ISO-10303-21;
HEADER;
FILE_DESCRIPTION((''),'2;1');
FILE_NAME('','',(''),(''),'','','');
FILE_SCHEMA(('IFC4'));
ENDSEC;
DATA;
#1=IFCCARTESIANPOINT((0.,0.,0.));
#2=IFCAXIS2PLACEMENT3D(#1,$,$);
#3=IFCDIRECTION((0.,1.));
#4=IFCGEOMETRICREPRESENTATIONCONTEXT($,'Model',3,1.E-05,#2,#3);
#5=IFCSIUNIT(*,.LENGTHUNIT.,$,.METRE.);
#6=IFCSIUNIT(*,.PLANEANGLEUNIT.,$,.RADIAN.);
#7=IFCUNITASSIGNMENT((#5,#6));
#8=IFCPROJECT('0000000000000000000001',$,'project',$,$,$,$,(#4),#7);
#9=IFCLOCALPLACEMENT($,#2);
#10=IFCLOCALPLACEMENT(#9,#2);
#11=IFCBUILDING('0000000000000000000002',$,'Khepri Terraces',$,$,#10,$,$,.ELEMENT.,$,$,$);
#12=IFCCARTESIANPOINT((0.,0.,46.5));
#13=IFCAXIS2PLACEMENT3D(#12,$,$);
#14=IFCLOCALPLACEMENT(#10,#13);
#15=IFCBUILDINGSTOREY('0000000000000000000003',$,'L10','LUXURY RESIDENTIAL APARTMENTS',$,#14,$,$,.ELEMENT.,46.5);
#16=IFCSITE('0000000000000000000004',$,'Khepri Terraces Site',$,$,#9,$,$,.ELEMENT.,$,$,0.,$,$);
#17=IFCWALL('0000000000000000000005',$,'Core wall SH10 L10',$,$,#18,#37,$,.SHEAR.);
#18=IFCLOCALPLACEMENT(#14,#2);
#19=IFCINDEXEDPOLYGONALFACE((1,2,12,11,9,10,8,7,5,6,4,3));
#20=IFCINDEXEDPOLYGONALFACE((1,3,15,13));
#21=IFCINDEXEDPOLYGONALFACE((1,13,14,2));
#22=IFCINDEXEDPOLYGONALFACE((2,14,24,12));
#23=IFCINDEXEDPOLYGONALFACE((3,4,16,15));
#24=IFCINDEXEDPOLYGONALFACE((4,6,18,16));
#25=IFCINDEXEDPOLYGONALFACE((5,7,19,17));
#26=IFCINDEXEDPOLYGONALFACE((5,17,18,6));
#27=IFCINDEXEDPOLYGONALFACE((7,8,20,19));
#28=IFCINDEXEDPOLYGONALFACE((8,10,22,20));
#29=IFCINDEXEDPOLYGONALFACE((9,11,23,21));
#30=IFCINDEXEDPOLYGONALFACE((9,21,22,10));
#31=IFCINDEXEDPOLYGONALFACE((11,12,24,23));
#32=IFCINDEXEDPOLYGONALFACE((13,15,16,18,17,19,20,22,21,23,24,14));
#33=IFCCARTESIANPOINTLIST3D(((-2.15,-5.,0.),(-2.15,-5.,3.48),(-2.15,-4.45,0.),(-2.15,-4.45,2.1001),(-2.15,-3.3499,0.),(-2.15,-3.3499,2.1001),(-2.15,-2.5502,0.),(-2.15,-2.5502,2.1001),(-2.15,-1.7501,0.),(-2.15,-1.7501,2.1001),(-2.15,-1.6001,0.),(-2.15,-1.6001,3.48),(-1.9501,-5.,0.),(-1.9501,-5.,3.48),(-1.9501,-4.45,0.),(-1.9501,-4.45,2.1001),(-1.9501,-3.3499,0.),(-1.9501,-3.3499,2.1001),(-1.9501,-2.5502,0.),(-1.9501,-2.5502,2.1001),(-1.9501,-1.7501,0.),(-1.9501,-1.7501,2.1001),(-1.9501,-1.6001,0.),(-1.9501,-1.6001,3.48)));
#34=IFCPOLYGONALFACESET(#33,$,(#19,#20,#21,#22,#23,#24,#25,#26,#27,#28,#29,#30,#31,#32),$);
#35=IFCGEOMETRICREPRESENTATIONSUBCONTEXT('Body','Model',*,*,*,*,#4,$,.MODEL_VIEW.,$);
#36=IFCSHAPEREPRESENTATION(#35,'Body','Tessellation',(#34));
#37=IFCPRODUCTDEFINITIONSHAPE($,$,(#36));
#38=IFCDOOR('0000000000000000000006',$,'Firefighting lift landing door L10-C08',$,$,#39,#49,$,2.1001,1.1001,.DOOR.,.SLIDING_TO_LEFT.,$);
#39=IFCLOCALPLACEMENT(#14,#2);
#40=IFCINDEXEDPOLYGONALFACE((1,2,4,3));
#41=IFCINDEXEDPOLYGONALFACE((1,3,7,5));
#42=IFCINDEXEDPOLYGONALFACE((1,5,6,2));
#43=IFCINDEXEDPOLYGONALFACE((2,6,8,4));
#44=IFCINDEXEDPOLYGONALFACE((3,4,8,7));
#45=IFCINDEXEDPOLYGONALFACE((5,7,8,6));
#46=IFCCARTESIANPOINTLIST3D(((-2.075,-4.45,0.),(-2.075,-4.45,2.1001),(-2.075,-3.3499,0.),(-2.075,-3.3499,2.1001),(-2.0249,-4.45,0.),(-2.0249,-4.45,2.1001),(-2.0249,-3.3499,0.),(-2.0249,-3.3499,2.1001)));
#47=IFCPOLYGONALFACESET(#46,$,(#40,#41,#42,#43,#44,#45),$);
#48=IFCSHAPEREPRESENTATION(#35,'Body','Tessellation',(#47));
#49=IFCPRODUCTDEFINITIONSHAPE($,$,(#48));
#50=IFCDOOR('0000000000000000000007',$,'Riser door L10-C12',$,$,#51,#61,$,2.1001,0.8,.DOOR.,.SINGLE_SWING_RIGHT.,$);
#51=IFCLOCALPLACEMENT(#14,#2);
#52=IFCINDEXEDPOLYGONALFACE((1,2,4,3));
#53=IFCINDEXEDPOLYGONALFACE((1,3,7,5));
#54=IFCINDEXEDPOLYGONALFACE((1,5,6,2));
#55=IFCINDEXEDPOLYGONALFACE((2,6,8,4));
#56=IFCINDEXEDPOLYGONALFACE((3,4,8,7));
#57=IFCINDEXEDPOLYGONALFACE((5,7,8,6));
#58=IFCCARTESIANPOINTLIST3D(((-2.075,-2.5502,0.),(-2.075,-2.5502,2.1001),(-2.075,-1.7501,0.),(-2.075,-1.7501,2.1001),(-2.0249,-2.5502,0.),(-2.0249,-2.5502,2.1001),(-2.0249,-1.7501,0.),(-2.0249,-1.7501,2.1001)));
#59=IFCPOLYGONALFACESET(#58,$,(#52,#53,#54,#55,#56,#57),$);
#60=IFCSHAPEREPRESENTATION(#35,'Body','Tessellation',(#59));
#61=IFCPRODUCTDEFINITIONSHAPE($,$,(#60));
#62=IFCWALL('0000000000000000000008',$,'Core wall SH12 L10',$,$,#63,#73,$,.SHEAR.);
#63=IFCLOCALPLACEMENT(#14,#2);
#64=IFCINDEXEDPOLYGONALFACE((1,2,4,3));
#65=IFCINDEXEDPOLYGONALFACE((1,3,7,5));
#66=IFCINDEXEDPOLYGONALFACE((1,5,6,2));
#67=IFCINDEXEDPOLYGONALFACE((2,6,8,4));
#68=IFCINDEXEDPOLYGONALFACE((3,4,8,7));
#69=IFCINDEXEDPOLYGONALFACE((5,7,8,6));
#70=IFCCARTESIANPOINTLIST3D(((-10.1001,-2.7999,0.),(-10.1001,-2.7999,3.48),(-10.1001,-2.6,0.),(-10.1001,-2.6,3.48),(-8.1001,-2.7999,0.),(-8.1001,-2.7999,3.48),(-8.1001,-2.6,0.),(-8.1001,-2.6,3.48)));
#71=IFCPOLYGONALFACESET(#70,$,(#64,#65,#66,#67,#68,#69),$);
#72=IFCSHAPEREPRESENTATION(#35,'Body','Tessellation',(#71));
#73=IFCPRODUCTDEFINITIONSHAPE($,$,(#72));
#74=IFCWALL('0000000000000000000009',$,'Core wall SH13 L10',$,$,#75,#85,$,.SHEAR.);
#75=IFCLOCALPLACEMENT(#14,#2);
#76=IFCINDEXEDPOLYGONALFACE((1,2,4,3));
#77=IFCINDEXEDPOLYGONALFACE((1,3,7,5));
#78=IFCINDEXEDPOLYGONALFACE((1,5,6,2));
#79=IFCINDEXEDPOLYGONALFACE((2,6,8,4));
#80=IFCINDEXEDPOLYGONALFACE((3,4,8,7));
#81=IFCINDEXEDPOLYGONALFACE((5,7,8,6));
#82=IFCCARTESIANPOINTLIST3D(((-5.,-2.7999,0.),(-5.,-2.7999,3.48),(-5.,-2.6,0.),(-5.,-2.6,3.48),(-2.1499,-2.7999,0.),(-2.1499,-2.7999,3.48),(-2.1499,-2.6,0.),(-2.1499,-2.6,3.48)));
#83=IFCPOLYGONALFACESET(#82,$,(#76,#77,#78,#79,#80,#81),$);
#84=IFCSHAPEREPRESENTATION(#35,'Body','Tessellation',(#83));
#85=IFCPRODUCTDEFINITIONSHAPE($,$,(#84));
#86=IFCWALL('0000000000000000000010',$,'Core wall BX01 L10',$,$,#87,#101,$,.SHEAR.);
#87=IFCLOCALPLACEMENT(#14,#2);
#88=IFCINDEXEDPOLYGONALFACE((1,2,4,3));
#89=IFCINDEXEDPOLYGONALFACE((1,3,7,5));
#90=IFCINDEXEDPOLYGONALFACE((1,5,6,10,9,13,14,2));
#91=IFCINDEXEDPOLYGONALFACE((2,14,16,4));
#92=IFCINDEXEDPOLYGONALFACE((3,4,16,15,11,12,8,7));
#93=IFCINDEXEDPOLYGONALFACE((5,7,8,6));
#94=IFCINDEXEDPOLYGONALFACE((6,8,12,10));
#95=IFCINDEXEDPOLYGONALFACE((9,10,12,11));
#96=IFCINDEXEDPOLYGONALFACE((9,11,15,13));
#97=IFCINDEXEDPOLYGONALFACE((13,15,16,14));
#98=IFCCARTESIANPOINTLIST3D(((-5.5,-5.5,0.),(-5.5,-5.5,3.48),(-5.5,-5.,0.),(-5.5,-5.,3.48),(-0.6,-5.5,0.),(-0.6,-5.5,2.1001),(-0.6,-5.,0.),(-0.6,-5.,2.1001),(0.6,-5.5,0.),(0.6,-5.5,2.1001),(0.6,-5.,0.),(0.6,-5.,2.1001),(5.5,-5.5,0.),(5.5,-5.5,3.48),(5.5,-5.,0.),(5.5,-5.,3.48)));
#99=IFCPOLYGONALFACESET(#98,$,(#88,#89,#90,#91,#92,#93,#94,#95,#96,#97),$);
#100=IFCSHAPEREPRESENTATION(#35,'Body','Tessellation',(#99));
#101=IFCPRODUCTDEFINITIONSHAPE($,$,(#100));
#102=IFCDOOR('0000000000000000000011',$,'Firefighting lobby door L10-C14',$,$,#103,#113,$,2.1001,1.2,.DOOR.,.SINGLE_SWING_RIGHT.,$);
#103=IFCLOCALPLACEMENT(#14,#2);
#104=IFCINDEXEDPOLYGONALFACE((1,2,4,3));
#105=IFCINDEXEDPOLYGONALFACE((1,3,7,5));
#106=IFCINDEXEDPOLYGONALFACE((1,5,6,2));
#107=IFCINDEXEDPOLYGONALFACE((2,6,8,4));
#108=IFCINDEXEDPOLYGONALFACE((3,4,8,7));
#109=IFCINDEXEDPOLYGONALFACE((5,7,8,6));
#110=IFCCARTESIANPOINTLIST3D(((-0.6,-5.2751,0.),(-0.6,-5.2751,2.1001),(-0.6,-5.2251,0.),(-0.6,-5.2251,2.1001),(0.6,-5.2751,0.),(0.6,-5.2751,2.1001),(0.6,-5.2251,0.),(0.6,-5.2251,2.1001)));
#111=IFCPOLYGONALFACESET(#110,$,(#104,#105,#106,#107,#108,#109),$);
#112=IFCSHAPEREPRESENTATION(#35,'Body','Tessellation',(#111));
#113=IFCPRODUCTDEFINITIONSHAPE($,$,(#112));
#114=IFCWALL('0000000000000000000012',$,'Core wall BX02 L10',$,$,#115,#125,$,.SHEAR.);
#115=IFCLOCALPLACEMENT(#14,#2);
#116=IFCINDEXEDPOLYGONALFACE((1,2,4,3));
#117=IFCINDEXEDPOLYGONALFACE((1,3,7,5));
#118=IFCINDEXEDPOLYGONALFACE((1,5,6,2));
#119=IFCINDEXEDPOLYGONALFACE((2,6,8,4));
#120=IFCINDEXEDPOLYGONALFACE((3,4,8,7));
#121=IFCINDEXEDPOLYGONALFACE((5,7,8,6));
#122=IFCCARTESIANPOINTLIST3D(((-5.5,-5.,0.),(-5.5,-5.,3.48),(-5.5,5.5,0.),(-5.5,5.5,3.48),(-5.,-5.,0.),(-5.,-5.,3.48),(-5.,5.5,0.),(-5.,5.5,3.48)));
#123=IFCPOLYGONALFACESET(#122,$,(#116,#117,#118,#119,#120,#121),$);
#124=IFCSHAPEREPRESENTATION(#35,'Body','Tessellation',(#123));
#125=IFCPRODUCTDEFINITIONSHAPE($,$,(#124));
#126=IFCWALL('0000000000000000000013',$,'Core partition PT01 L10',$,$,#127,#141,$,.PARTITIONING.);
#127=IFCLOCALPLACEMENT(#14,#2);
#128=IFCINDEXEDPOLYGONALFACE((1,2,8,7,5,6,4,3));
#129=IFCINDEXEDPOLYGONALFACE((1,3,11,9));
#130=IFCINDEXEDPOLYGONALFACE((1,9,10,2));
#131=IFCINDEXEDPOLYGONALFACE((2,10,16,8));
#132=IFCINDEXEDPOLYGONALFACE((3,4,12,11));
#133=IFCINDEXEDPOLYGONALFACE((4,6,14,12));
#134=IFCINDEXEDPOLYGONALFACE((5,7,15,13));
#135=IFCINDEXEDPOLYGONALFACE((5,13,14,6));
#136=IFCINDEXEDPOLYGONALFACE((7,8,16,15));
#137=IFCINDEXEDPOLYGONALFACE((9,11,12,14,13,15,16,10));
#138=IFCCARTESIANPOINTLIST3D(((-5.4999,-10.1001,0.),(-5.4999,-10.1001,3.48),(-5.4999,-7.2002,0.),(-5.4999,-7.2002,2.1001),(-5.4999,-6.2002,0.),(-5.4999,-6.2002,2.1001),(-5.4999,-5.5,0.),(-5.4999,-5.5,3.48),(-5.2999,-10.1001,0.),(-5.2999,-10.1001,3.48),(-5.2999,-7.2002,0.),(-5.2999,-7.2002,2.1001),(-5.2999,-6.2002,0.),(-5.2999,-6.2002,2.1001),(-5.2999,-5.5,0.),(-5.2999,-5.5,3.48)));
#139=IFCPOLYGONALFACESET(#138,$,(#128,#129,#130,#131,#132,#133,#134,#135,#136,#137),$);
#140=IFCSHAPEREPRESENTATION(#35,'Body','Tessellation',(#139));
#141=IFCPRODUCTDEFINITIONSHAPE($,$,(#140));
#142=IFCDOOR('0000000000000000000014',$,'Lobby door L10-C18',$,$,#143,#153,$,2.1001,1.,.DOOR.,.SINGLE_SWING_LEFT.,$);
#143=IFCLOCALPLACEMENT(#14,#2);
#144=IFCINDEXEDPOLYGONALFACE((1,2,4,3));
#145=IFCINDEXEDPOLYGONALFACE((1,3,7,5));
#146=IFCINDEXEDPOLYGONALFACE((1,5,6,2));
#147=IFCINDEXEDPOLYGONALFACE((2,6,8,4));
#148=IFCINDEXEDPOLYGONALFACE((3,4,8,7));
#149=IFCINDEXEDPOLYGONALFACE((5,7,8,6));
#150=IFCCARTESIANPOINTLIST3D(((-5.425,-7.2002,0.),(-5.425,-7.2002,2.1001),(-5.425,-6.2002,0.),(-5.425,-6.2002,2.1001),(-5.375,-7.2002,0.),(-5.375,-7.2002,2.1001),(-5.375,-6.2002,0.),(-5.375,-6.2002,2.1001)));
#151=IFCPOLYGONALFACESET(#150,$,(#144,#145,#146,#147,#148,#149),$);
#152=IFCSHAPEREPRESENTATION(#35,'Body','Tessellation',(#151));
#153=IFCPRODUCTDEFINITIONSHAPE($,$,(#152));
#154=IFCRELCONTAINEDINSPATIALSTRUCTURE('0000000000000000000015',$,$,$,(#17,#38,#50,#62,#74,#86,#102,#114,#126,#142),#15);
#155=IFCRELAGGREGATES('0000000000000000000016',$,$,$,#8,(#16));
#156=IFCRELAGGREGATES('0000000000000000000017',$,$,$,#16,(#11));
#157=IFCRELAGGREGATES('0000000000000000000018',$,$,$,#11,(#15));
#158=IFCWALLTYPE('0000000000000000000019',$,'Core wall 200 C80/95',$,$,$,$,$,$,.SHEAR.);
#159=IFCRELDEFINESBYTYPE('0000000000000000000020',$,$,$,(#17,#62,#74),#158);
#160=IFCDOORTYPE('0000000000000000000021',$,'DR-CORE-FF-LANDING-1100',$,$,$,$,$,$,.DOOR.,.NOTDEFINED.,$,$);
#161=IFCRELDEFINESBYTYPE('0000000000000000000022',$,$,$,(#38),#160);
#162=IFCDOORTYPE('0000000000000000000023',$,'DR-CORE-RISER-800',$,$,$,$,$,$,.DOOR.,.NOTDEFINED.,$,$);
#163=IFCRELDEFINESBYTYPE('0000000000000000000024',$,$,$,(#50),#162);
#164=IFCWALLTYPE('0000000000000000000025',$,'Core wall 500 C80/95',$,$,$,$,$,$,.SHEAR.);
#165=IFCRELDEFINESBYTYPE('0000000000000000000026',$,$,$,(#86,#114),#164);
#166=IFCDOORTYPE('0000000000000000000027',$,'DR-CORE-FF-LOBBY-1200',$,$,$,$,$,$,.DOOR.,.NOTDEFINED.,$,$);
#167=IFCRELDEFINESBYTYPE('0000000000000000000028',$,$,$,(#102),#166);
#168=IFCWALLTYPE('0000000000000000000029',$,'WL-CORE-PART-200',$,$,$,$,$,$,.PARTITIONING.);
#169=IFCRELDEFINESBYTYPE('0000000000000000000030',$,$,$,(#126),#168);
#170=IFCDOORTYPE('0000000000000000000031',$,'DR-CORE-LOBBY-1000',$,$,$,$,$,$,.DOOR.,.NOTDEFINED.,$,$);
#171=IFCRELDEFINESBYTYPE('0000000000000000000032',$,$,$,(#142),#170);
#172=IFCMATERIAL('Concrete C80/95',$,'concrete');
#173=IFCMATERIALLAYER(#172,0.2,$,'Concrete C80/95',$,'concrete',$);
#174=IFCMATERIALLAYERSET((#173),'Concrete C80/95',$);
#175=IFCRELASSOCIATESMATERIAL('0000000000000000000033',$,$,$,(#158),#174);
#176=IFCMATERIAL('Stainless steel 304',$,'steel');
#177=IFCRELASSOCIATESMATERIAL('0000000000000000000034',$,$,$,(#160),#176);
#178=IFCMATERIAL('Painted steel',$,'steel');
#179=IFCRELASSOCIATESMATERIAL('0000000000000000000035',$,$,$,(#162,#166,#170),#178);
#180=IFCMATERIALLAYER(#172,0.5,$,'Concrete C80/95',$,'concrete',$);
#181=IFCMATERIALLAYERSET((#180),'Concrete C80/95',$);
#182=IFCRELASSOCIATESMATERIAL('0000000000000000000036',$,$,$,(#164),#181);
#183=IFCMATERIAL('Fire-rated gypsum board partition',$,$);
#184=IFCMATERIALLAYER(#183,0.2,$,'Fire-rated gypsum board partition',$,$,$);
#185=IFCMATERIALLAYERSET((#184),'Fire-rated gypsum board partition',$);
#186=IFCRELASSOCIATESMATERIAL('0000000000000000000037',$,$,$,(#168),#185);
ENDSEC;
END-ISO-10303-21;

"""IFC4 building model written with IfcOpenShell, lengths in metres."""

from ifc_helpers import new_model, si_unit, direction, frame, frame_2d, origin, place, context, subcontext, project, spatial, rectangle, extrude, material, layer, layer_set, type_object, element, fill, save


model = new_model("IFC4")

# Units and contexts
model_context = context("Model", 3, precision=1e-05, world=origin(), true_north=direction((0.0, 1.0)))
body_context = subcontext(model_context, "Body", "Model", "MODEL_VIEW")
ifc_project = project(units=[si_unit("LENGTHUNIT", "METRE"), si_unit("PLANEANGLEUNIT", "RADIAN")], contexts=[model_context])

# Site, building, storey
site_placement = place(None, origin())
site = spatial("IfcSite", under=ifc_project, at=site_placement, Name="Khepri Terraces Site", CompositionType="ELEMENT", RefElevation=0.0)
building_placement = place(site_placement, origin())
building = spatial("IfcBuilding", under=site, at=building_placement, Name="Khepri Terraces", CompositionType="ELEMENT")
storey_placement = place(building_placement, frame((0.0, 0.0, 46.5)))
storey = spatial("IfcBuildingStorey", under=building, at=storey_placement, Name="L10", Description="LUXURY RESIDENTIAL APARTMENTS", CompositionType="ELEMENT", Elevation=46.5)

# Shared definitions
ifc_material_1 = material(Name="Concrete C80/95", Category="concrete")
ifc_layer_1 = layer(ifc_material_1, 0.2, Name="Concrete C80/95", Category="concrete")
ifc_layer_set_1 = layer_set([ifc_layer_1], Name="Concrete C80/95")
wall_type_1 = type_object("IfcWallType", Name="Core wall 200 C80/95", PredefinedType="SHEAR", material=ifc_layer_set_1)

# Shared definitions
ifc_material_2 = material(Name="Painted steel", Category="steel")

# Shared definitions
ifc_material_3 = material(Name="Stainless steel 304", Category="steel")

# Wall, openings, doors
wall_1_placement = place(storey_placement, frame((-2.05, -5.0, 0.0), z_axis=(0.0, 0.0, 1.0), x_axis=(0.0, 1.0, 0.0)))
wall_1 = element("IfcWall", 1, at=wall_1_placement, inside=storey, type_object=wall_type_1, Name="Core wall SH10 L10", PredefinedType="SHEAR", context=body_context, shape_type="SweptSolid", body=[
    extrude(rectangle(XDim=3.3999, YDim=0.2, at=frame_2d((1.7, 0.0))), origin(), (0.0, 0.0, 1.0), 3.48),
])
opening_1_placement = place(wall_1_placement, frame((0.55, 0.0, 0.0)))
opening_1 = element("IfcOpeningElement", 2, at=opening_1_placement, cuts=wall_1, PredefinedType="OPENING", context=body_context, shape_type="SweptSolid", body=[
    extrude(rectangle(XDim=1.1001, YDim=2.1001, at=frame_2d((0.55, 1.05))), frame((0.0, 0.1099, 0.0), z_axis=(0.0, -1.0, 0.0), x_axis=(1.0, 0.0, 0.0)), (0.0, 0.0, 1.0), 0.22),
])
opening_2_placement = place(wall_1_placement, frame((2.45, 0.0, 0.0)))
opening_2 = element("IfcOpeningElement", 3, at=opening_2_placement, cuts=wall_1, PredefinedType="OPENING", context=body_context, shape_type="SweptSolid", body=[
    extrude(rectangle(XDim=0.8, YDim=2.1001, at=frame_2d((0.3999, 1.05))), frame((0.0, 0.1099, 0.0), z_axis=(0.0, -1.0, 0.0), x_axis=(1.0, 0.0, 0.0)), (0.0, 0.0, 1.0), 0.22),
])
door_type_1 = type_object("IfcDoorType", Name="DR-CORE-FF-LANDING-1100", OperationType="NOTDEFINED", PredefinedType="DOOR", material=ifc_material_3)
door_1_placement = place(opening_1_placement, origin())
door_1 = element("IfcDoor", 4, at=door_1_placement, inside=storey, type_object=door_type_1, Name="Firefighting lift landing door L10-C08", OperationType="SLIDING_TO_LEFT", OverallHeight=2.1001, OverallWidth=1.1001, PredefinedType="DOOR", context=body_context, shape_type="SweptSolid", body=[
    extrude(rectangle(XDim=1.1001, YDim=2.1001, at=frame_2d((0.55, 1.05))), frame((0.0, 0.0249, 0.0), z_axis=(0.0, -1.0, 0.0), x_axis=(1.0, 0.0, 0.0)), (0.0, 0.0, 1.0), 0.05),
])
fill(opening_1, door_1)
door_type_2 = type_object("IfcDoorType", Name="DR-CORE-RISER-800", OperationType="NOTDEFINED", PredefinedType="DOOR", material=ifc_material_2)
door_2_placement = place(opening_2_placement, origin())
door_2 = element("IfcDoor", 5, at=door_2_placement, inside=storey, type_object=door_type_2, Name="Riser door L10-C12", OperationType="SINGLE_SWING_RIGHT", OverallHeight=2.1001, OverallWidth=0.8, PredefinedType="DOOR", context=body_context, shape_type="SweptSolid", body=[
    extrude(rectangle(XDim=0.8, YDim=2.1001, at=frame_2d((0.3999, 1.05))), frame((0.0, 0.0249, 0.0), z_axis=(0.0, -1.0, 0.0), x_axis=(1.0, 0.0, 0.0)), (0.0, 0.0, 1.0), 0.05),
])
fill(opening_2, door_2)

# Walls
wall_2_placement = place(storey_placement, frame((-10.1001, -2.7, 0.0), z_axis=(0.0, 0.0, 1.0), x_axis=(1.0, 0.0, 0.0)))
element("IfcWall", 6, at=wall_2_placement, inside=storey, type_object=wall_type_1, Name="Core wall SH12 L10", PredefinedType="SHEAR", context=body_context, shape_type="SweptSolid", body=[
    extrude(rectangle(XDim=2.0, YDim=0.2, at=frame_2d((1.0, 0.0))), origin(), (0.0, 0.0, 1.0), 3.48),
])
wall_3_placement = place(storey_placement, frame((-5.0, -2.7, 0.0), z_axis=(0.0, 0.0, 1.0), x_axis=(1.0, 0.0, 0.0)))
element("IfcWall", 7, at=wall_3_placement, inside=storey, type_object=wall_type_1, Name="Core wall SH13 L10", PredefinedType="SHEAR", context=body_context, shape_type="SweptSolid", body=[
    extrude(rectangle(XDim=2.8501, YDim=0.2, at=frame_2d((1.425, 0.0))), origin(), (0.0, 0.0, 1.0), 3.48),
])

# Wall, opening, door
ifc_layer_2 = layer(ifc_material_1, 0.5, Name="Concrete C80/95", Category="concrete")
ifc_layer_set_2 = layer_set([ifc_layer_2], Name="Concrete C80/95")
wall_type_2 = type_object("IfcWallType", Name="Core wall 500 C80/95", PredefinedType="SHEAR", material=ifc_layer_set_2)
wall_4_placement = place(storey_placement, frame((-5.5, -5.25, 0.0), z_axis=(0.0, 0.0, 1.0), x_axis=(1.0, 0.0, 0.0)))
wall_4 = element("IfcWall", 8, at=wall_4_placement, inside=storey, type_object=wall_type_2, Name="Core wall BX01 L10", PredefinedType="SHEAR", context=body_context, shape_type="SweptSolid", body=[
    extrude(rectangle(XDim=11.0, YDim=0.5, at=frame_2d((5.5, 0.0))), origin(), (0.0, 0.0, 1.0), 3.48),
])
opening_3_placement = place(wall_4_placement, frame((4.8999, 0.0, 0.0)))
opening_3 = element("IfcOpeningElement", 9, at=opening_3_placement, cuts=wall_4, PredefinedType="OPENING", context=body_context, shape_type="SweptSolid", body=[
    extrude(rectangle(XDim=1.2, YDim=2.1001, at=frame_2d((0.6001, 1.05))), frame((0.0, 0.26, 0.0), z_axis=(0.0, -1.0, 0.0), x_axis=(1.0, 0.0, 0.0)), (0.0, 0.0, 1.0), 0.52),
])
door_type_3 = type_object("IfcDoorType", Name="DR-CORE-FF-LOBBY-1200", OperationType="NOTDEFINED", PredefinedType="DOOR", material=ifc_material_2)
door_3_placement = place(opening_3_placement, origin())
door_3 = element("IfcDoor", 10, at=door_3_placement, inside=storey, type_object=door_type_3, Name="Firefighting lobby door L10-C14", OperationType="SINGLE_SWING_RIGHT", OverallHeight=2.1001, OverallWidth=1.2, PredefinedType="DOOR", context=body_context, shape_type="SweptSolid", body=[
    extrude(rectangle(XDim=1.2, YDim=2.1001, at=frame_2d((0.6001, 1.05))), frame((0.0, 0.0249, 0.0), z_axis=(0.0, -1.0, 0.0), x_axis=(1.0, 0.0, 0.0)), (0.0, 0.0, 1.0), 0.05),
])
fill(opening_3, door_3)

# Wall
wall_5_placement = place(storey_placement, frame((-5.25, -5.0, 0.0), z_axis=(0.0, 0.0, 1.0), x_axis=(0.0, 1.0, 0.0)))
element("IfcWall", 11, at=wall_5_placement, inside=storey, type_object=wall_type_2, Name="Core wall BX02 L10", PredefinedType="SHEAR", context=body_context, shape_type="SweptSolid", body=[
    extrude(rectangle(XDim=10.5, YDim=0.5, at=frame_2d((5.25, 0.0))), origin(), (0.0, 0.0, 1.0), 3.48),
])

# Wall, opening, door
ifc_material_4 = material(Name="Fire-rated gypsum board partition")
ifc_layer_3 = layer(ifc_material_4, 0.2, Name="Fire-rated gypsum board partition")
ifc_layer_set_3 = layer_set([ifc_layer_3], Name="Fire-rated gypsum board partition")
wall_type_3 = type_object("IfcWallType", Name="WL-CORE-PART-200", PredefinedType="PARTITIONING", material=ifc_layer_set_3)
wall_6_placement = place(storey_placement, frame((-5.3999, -10.1001, 0.0), z_axis=(0.0, 0.0, 1.0), x_axis=(0.0, 1.0, 0.0)))
wall_6 = element("IfcWall", 12, at=wall_6_placement, inside=storey, type_object=wall_type_3, Name="Core partition PT01 L10", PredefinedType="PARTITIONING", context=body_context, shape_type="SweptSolid", body=[
    extrude(rectangle(XDim=4.6001, YDim=0.2, at=frame_2d((2.3, 0.0))), origin(), (0.0, 0.0, 1.0), 3.48),
])
opening_4_placement = place(wall_6_placement, frame((2.8999, 0.0, 0.0)))
opening_4 = element("IfcOpeningElement", 13, at=opening_4_placement, cuts=wall_6, PredefinedType="OPENING", context=body_context, shape_type="SweptSolid", body=[
    extrude(rectangle(XDim=1.0, YDim=2.1001, at=frame_2d((0.5, 1.05))), frame((0.0, 0.1099, 0.0), z_axis=(0.0, -1.0, 0.0), x_axis=(1.0, 0.0, 0.0)), (0.0, 0.0, 1.0), 0.22),
])
door_type_4 = type_object("IfcDoorType", Name="DR-CORE-LOBBY-1000", OperationType="NOTDEFINED", PredefinedType="DOOR", material=ifc_material_2)
door_4_placement = place(opening_4_placement, frame((1.0, 0.0, 0.0), z_axis=(0.0, 0.0, 1.0), x_axis=(-1.0, 0.0, 0.0)))
door_4 = element("IfcDoor", 14, at=door_4_placement, inside=storey, type_object=door_type_4, Name="Lobby door L10-C18", OperationType="SINGLE_SWING_LEFT", OverallHeight=2.1001, OverallWidth=1.0, PredefinedType="DOOR", context=body_context, shape_type="SweptSolid", body=[
    extrude(rectangle(XDim=1.0, YDim=2.1001, at=frame_2d((0.5, 1.05))), frame((0.0, 0.0249, 0.0), z_axis=(0.0, -1.0, 0.0), x_axis=(1.0, 0.0, 0.0)), (0.0, 0.0, 1.0), 0.05),
])
fill(opening_4, door_4)

save(model, "model.ifc")
